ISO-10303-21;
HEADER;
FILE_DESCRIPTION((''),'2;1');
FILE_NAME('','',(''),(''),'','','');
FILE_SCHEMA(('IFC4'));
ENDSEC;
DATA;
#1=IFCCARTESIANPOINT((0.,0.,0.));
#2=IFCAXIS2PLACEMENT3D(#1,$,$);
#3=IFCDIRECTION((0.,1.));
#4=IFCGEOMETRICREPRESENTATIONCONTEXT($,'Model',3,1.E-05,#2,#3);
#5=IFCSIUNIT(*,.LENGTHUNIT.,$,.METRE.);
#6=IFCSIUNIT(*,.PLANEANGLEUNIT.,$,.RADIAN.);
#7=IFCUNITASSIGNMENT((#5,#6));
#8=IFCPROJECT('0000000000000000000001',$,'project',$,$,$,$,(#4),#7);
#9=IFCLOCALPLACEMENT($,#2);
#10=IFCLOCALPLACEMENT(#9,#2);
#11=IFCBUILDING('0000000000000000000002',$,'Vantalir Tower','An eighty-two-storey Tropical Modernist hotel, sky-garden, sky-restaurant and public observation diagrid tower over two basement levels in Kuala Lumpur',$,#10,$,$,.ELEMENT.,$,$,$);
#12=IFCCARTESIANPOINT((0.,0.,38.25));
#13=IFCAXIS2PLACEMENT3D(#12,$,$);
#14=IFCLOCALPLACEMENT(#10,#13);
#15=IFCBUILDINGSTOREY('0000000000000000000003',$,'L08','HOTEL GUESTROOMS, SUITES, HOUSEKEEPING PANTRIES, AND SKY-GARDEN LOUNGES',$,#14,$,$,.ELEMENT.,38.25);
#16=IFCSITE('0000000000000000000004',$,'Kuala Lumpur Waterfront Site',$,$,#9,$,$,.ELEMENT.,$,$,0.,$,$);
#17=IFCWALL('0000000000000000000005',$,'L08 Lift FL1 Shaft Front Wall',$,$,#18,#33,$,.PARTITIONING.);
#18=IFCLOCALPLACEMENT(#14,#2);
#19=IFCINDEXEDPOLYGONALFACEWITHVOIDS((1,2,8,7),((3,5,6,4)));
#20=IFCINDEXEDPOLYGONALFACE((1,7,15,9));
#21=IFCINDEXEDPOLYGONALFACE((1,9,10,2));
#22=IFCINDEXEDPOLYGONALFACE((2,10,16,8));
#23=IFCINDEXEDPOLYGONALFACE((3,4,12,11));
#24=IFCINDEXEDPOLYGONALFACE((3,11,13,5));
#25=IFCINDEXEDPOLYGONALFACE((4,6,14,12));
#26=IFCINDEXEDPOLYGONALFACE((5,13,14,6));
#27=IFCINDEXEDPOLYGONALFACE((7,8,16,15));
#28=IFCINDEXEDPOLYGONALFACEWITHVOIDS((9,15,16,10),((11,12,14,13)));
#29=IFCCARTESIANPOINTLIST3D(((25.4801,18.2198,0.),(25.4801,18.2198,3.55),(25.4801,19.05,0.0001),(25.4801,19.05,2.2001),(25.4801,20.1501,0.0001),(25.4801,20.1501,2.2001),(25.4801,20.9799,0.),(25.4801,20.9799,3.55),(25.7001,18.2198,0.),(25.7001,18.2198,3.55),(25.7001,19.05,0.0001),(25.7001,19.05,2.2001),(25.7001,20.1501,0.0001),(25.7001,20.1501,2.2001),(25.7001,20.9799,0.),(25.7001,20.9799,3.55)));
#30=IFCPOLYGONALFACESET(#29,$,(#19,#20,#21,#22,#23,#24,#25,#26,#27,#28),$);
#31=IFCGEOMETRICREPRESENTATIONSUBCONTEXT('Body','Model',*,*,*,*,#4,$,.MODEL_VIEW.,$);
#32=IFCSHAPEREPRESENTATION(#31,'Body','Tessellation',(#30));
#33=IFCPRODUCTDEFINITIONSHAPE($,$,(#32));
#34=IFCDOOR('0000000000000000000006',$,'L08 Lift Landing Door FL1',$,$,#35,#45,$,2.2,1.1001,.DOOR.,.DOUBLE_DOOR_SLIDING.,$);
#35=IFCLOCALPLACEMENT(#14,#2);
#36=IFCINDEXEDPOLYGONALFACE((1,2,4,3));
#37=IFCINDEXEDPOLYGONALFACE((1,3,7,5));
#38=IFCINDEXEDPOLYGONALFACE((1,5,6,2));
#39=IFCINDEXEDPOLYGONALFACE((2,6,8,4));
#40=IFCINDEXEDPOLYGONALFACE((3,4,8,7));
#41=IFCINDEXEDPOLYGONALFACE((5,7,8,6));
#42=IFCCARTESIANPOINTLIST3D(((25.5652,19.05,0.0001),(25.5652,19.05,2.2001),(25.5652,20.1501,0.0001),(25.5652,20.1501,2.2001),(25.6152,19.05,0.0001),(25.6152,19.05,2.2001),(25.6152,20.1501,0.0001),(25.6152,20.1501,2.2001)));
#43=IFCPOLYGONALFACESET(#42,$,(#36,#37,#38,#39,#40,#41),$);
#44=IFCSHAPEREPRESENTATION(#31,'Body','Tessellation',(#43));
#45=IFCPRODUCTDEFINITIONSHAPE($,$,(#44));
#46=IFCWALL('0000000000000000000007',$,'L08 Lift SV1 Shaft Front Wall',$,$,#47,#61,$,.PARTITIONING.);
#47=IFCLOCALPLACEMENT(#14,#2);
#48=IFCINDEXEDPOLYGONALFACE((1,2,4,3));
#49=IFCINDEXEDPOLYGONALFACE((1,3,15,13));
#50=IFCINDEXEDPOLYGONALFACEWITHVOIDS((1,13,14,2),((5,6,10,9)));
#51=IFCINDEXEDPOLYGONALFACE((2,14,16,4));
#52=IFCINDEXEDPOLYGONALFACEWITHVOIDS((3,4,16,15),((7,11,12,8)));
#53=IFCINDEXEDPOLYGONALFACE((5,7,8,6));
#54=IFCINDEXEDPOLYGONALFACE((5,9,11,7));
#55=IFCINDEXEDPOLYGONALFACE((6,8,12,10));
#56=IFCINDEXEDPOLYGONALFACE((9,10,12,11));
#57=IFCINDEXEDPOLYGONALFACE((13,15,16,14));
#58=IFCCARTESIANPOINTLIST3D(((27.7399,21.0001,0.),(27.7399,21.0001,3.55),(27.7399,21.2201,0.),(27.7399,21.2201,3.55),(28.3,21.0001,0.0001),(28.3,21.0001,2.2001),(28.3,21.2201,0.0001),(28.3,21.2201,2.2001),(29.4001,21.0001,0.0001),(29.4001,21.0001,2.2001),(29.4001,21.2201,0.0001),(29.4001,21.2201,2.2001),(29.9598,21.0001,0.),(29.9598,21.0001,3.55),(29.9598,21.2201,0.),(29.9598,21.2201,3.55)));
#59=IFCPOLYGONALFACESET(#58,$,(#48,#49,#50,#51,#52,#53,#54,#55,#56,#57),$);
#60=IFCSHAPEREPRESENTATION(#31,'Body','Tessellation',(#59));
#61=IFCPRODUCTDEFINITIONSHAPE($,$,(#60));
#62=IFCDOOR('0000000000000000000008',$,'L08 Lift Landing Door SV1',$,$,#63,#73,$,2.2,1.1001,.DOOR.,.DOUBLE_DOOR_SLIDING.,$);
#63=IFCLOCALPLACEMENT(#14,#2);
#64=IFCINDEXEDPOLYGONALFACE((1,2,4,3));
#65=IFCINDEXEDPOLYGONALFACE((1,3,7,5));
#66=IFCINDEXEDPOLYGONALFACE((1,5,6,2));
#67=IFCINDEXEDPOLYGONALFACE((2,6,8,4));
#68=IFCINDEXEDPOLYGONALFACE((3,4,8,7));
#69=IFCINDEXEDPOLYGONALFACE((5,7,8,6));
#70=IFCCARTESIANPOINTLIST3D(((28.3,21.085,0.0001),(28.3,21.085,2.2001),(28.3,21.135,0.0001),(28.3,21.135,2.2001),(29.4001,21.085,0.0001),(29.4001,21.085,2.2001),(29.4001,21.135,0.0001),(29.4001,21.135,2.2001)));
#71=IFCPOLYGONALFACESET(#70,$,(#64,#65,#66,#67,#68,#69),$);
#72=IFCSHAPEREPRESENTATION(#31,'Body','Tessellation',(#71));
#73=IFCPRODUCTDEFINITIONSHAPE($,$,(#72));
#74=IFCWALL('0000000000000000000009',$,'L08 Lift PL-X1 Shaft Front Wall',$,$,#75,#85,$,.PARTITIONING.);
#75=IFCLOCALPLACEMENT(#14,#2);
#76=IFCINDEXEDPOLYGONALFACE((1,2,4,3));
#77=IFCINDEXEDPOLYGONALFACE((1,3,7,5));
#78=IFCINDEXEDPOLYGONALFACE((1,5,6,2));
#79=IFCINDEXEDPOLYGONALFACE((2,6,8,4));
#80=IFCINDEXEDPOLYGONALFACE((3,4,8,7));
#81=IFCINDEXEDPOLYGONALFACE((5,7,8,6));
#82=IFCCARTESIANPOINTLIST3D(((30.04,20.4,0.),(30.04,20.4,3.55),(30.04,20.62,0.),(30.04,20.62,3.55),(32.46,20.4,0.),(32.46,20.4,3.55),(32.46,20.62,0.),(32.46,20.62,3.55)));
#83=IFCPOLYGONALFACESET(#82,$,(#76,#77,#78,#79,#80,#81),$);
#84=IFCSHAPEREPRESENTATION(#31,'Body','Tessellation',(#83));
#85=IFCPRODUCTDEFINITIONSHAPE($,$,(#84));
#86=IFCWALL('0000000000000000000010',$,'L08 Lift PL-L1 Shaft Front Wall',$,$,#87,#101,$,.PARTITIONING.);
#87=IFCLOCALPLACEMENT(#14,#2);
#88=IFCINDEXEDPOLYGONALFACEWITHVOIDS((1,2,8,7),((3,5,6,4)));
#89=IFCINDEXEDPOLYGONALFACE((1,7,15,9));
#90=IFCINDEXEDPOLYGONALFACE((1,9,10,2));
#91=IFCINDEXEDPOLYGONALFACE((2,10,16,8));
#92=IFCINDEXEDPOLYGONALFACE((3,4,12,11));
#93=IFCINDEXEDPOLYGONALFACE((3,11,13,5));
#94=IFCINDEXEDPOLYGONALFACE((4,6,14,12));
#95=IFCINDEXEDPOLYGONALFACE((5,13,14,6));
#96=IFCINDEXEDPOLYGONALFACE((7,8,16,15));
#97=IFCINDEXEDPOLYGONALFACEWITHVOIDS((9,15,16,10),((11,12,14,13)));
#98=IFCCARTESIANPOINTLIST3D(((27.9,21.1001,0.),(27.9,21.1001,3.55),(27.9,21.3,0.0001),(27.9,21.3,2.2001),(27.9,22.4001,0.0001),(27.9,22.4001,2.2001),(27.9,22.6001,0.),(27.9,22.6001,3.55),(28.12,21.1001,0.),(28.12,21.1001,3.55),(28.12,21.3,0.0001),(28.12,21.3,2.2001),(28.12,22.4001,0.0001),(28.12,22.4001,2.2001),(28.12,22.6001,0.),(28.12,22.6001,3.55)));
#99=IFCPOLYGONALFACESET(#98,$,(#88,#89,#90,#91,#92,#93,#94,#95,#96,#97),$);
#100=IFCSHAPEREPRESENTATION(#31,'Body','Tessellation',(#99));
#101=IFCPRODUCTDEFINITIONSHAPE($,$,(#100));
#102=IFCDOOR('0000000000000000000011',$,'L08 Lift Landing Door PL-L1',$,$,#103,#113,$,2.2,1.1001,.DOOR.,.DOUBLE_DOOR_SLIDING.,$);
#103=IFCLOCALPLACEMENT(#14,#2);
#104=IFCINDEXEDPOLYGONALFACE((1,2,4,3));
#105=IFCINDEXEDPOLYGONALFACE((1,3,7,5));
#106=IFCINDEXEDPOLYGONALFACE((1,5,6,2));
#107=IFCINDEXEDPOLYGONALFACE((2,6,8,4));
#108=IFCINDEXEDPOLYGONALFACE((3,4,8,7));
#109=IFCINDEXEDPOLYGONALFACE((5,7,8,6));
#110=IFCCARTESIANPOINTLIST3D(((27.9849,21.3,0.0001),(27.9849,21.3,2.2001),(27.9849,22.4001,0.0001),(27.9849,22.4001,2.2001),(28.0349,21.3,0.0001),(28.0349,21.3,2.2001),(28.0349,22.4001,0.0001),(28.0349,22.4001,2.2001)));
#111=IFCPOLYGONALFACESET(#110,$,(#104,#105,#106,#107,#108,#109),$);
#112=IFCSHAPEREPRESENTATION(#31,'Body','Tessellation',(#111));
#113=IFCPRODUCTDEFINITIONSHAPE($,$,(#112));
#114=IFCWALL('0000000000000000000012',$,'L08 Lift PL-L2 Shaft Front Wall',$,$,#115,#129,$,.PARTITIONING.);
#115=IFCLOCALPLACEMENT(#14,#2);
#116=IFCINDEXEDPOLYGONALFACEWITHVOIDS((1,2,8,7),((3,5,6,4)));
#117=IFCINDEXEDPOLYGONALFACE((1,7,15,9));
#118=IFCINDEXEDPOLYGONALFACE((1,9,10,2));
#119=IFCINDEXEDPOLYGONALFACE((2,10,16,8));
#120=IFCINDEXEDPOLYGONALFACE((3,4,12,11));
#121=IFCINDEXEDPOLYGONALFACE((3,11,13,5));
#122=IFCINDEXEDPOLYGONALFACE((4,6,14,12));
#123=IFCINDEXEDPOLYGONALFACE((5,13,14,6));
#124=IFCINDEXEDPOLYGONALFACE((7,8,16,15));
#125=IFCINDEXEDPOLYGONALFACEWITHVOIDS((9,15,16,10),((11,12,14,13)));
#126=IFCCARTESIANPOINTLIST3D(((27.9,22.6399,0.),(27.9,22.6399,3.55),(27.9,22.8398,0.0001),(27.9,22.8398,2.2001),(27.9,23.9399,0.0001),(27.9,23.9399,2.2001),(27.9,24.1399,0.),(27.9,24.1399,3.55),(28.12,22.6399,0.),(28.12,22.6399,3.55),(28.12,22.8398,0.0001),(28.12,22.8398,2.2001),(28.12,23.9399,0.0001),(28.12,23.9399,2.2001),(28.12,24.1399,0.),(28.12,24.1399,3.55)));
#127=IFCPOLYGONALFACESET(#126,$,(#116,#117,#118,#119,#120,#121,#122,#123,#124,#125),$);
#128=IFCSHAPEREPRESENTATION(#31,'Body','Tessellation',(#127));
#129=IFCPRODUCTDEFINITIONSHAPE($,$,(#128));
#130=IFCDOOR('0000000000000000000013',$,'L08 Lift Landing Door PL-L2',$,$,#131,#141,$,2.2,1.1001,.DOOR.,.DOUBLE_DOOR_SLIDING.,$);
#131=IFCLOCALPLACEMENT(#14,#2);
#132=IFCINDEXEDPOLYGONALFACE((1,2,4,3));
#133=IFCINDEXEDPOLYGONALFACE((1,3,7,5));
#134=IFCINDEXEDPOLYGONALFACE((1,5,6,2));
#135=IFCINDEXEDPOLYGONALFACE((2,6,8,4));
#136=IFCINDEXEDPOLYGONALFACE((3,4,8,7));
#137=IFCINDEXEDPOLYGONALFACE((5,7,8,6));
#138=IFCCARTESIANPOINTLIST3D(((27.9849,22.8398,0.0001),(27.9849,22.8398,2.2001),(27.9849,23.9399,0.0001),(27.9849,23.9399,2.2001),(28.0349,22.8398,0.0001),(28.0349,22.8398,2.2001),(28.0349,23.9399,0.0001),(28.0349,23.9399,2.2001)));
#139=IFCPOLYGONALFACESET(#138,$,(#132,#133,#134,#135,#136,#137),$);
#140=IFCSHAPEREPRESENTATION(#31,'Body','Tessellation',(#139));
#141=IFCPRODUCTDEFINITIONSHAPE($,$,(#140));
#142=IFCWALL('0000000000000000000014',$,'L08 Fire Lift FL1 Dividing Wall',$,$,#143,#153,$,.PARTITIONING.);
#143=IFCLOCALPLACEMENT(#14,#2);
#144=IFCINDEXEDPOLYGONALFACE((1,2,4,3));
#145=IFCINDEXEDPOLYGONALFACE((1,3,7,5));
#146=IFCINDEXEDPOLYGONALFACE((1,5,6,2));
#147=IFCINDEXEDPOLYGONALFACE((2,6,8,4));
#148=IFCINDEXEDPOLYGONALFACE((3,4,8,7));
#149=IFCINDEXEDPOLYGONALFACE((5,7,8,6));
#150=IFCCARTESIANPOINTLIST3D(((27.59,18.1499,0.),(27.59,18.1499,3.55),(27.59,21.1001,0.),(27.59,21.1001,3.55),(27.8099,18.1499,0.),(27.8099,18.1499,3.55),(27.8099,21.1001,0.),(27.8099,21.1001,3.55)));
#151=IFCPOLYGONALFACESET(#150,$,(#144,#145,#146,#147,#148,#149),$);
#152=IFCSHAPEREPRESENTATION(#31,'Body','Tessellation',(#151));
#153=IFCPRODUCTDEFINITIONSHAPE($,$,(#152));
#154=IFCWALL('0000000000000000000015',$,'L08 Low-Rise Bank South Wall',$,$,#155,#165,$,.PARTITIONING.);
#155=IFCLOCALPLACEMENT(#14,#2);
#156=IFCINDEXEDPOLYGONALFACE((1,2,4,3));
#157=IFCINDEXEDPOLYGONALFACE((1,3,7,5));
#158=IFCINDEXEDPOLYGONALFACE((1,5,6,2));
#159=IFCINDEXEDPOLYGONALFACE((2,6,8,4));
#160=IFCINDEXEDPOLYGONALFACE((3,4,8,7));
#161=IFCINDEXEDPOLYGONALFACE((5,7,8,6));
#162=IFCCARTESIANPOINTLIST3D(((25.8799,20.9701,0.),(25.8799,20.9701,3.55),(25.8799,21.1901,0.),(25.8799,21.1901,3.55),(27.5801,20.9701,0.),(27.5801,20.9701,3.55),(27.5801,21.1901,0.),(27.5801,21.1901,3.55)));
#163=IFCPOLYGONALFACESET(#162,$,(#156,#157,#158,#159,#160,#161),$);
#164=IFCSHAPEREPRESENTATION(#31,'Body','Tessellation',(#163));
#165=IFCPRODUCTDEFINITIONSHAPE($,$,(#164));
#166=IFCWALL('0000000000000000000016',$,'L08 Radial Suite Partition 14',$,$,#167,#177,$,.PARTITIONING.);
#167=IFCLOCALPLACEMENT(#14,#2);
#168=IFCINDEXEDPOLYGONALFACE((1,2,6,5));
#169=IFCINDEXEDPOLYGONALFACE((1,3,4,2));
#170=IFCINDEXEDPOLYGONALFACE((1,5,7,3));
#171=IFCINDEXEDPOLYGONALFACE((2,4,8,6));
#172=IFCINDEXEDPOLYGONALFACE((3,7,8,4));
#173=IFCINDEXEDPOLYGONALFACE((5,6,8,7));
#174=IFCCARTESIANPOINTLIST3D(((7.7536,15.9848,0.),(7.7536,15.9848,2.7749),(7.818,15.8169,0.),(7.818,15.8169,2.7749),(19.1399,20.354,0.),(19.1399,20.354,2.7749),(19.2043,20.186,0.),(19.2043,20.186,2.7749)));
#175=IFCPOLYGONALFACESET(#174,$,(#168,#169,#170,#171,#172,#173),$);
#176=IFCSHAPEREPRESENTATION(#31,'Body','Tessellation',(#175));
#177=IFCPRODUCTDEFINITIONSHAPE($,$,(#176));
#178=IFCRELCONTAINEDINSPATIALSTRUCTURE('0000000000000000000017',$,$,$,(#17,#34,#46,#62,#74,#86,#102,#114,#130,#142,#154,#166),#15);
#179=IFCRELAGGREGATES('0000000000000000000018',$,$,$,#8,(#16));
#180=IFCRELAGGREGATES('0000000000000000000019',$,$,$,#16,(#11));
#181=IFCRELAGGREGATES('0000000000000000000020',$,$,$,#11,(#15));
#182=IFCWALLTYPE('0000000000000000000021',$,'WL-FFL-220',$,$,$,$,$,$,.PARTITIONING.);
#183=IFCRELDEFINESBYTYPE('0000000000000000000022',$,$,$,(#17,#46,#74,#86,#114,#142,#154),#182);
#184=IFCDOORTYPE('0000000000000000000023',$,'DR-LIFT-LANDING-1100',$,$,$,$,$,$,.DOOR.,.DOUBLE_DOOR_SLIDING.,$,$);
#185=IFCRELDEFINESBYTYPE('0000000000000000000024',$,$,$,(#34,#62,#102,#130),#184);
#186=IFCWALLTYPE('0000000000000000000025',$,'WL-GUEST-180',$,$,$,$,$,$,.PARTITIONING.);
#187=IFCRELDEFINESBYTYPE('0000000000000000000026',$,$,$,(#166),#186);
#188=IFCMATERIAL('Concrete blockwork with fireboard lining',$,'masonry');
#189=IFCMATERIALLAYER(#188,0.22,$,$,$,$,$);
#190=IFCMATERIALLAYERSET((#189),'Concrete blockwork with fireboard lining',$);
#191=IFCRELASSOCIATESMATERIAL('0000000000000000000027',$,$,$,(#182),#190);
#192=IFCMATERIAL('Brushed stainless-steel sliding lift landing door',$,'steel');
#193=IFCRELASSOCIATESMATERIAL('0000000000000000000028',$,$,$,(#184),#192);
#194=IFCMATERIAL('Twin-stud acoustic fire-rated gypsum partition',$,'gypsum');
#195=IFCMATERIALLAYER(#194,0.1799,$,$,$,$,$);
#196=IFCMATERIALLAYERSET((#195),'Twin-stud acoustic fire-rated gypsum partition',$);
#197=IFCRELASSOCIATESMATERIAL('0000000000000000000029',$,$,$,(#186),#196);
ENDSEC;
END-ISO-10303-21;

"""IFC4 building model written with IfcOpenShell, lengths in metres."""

from ifc_helpers import new_model, si_unit, direction, frame, frame_2d, origin, place, context, subcontext, project, spatial, rectangle, extrude, material, layer, layer_set, type_object, element, fill, save


model = new_model("IFC4")

# Units and contexts
model_context = context("Model", 3, precision=1e-05, world=origin(), true_north=direction((0.0, 1.0)))
body_context = subcontext(model_context, "Body", "Model", "MODEL_VIEW")
ifc_project = project(units=[si_unit("LENGTHUNIT", "METRE"), si_unit("PLANEANGLEUNIT", "RADIAN")], contexts=[model_context])

# Site, building, storey
site_placement = place(None, origin())
site = spatial("IfcSite", under=ifc_project, at=site_placement, Name="Kuala Lumpur Waterfront Site", CompositionType="ELEMENT", RefElevation=0.0)
building_placement = place(site_placement, origin())
building = spatial("IfcBuilding", under=site, at=building_placement, Name="Vantalir Tower", Description="An eighty-two-storey Tropical Modernist hotel, sky-garden, sky-restaurant and public observation diagrid tower over two basement levels in Kuala Lumpur", CompositionType="ELEMENT")
storey_placement = place(building_placement, frame((0.0, 0.0, 38.25)))
storey = spatial("IfcBuildingStorey", under=building, at=storey_placement, Name="L08", Description="HOTEL GUESTROOMS, SUITES, HOUSEKEEPING PANTRIES, AND SKY-GARDEN LOUNGES", CompositionType="ELEMENT", Elevation=38.25)

# Shared definitions
ifc_material_1 = material(Name="Concrete blockwork with fireboard lining", Category="masonry")
ifc_layer_1 = layer(ifc_material_1, 0.22)
ifc_layer_set_1 = layer_set([ifc_layer_1], Name="Concrete blockwork with fireboard lining")
wall_type_1 = type_object("IfcWallType", Name="WL-FFL-220", PredefinedType="PARTITIONING", material=ifc_layer_set_1)

# Walls, openings, doors
wall_1_placement = place(storey_placement, frame((25.5901, 18.22, 0.0), z_axis=(0.0, 0.0, 1.0), x_axis=(0.0, 1.0, 0.0)))
wall_1 = element("IfcWall", 1, at=wall_1_placement, inside=storey, type_object=wall_type_1, Name="L08 Lift FL1 Shaft Front Wall", PredefinedType="PARTITIONING", context=body_context, shape_type="SweptSolid", body=[
    extrude(rectangle(XDim=2.76, YDim=0.22, at=frame_2d((1.3799, 0.0))), origin(), (0.0, 0.0, 1.0), 3.55),
])
opening_1_placement = place(wall_1_placement, frame((0.8301, 0.0, 0.0)))
opening_1 = element("IfcOpeningElement", 2, at=opening_1_placement, cuts=wall_1, PredefinedType="OPENING", context=body_context, shape_type="SweptSolid", body=[
    extrude(rectangle(XDim=1.1001, YDim=2.2, at=frame_2d((0.55, 1.1001))), frame((0.0, 0.1199, 0.0), z_axis=(0.0, -1.0, 0.0), x_axis=(1.0, 0.0, 0.0)), (0.0, 0.0, 1.0), 0.24),
])
ifc_material_2 = material(Name="Brushed stainless-steel sliding lift landing door", Category="steel")
door_type_1 = type_object("IfcDoorType", Name="DR-LIFT-LANDING-1100", OperationType="DOUBLE_DOOR_SLIDING", PredefinedType="DOOR", material=ifc_material_2)
door_1_placement = place(opening_1_placement, origin())
door_1 = element("IfcDoor", 3, at=door_1_placement, inside=storey, type_object=door_type_1, Name="L08 Lift Landing Door FL1", OperationType="DOUBLE_DOOR_SLIDING", OverallHeight=2.2, OverallWidth=1.1001, PredefinedType="DOOR", context=body_context, shape_type="SweptSolid", body=[
    extrude(rectangle(XDim=1.1001, YDim=2.2, at=frame_2d((0.55, 1.1001))), frame((0.0, 0.0249, 0.0), z_axis=(0.0, -1.0, 0.0), x_axis=(1.0, 0.0, 0.0)), (0.0, 0.0, 1.0), 0.05),
])
fill(opening_1, door_1)
wall_2_placement = place(storey_placement, frame((27.74, 21.1101, 0.0), z_axis=(0.0, 0.0, 1.0), x_axis=(1.0, 0.0, 0.0)))
wall_2 = element("IfcWall", 4, at=wall_2_placement, inside=storey, type_object=wall_type_1, Name="L08 Lift SV1 Shaft Front Wall", PredefinedType="PARTITIONING", context=body_context, shape_type="SweptSolid", body=[
    extrude(rectangle(XDim=2.22, YDim=0.22, at=frame_2d((1.1099, 0.0))), origin(), (0.0, 0.0, 1.0), 3.55),
])
opening_2_placement = place(wall_2_placement, frame((0.5601, 0.0, 0.0)))
opening_2 = element("IfcOpeningElement", 5, at=opening_2_placement, cuts=wall_2, PredefinedType="OPENING", context=body_context, shape_type="SweptSolid", body=[
    extrude(rectangle(XDim=1.1001, YDim=2.2, at=frame_2d((0.55, 1.1001))), frame((0.0, 0.1199, 0.0), z_axis=(0.0, -1.0, 0.0), x_axis=(1.0, 0.0, 0.0)), (0.0, 0.0, 1.0), 0.24),
])
door_2_placement = place(opening_2_placement, origin())
door_2 = element("IfcDoor", 6, at=door_2_placement, inside=storey, type_object=door_type_1, Name="L08 Lift Landing Door SV1", OperationType="DOUBLE_DOOR_SLIDING", OverallHeight=2.2, OverallWidth=1.1001, PredefinedType="DOOR", context=body_context, shape_type="SweptSolid", body=[
    extrude(rectangle(XDim=1.1001, YDim=2.2, at=frame_2d((0.55, 1.1001))), frame((0.0, 0.0249, 0.0), z_axis=(0.0, -1.0, 0.0), x_axis=(1.0, 0.0, 0.0)), (0.0, 0.0, 1.0), 0.05),
])
fill(opening_2, door_2)

# Wall
wall_3_placement = place(storey_placement, frame((30.04, 20.51, 0.0), z_axis=(0.0, 0.0, 1.0), x_axis=(1.0, 0.0, 0.0)))
element("IfcWall", 7, at=wall_3_placement, inside=storey, type_object=wall_type_1, Name="L08 Lift PL-X1 Shaft Front Wall", PredefinedType="PARTITIONING", context=body_context, shape_type="SweptSolid", body=[
    extrude(rectangle(XDim=2.4199, YDim=0.22, at=frame_2d((1.21, 0.0))), origin(), (0.0, 0.0, 1.0), 3.55),
])

# Walls, openings, doors
wall_4_placement = place(storey_placement, frame((28.01, 21.1001, 0.0), z_axis=(0.0, 0.0, 1.0), x_axis=(0.0, 1.0, 0.0)))
wall_4 = element("IfcWall", 8, at=wall_4_placement, inside=storey, type_object=wall_type_1, Name="L08 Lift PL-L1 Shaft Front Wall", PredefinedType="PARTITIONING", context=body_context, shape_type="SweptSolid", body=[
    extrude(rectangle(XDim=1.5, YDim=0.22, at=frame_2d((0.75, 0.0))), origin(), (0.0, 0.0, 1.0), 3.55),
])
opening_3_placement = place(wall_4_placement, frame((0.2, 0.0, 0.0)))
opening_3 = element("IfcOpeningElement", 9, at=opening_3_placement, cuts=wall_4, PredefinedType="OPENING", context=body_context, shape_type="SweptSolid", body=[
    extrude(rectangle(XDim=1.1001, YDim=2.2, at=frame_2d((0.55, 1.1001))), frame((0.0, 0.1199, 0.0), z_axis=(0.0, -1.0, 0.0), x_axis=(1.0, 0.0, 0.0)), (0.0, 0.0, 1.0), 0.24),
])
door_3_placement = place(opening_3_placement, frame((1.1001, 0.0, 0.0), z_axis=(0.0, 0.0, 1.0), x_axis=(-1.0, 0.0, 0.0)))
door_3 = element("IfcDoor", 10, at=door_3_placement, inside=storey, type_object=door_type_1, Name="L08 Lift Landing Door PL-L1", OperationType="DOUBLE_DOOR_SLIDING", OverallHeight=2.2, OverallWidth=1.1001, PredefinedType="DOOR", context=body_context, shape_type="SweptSolid", body=[
    extrude(rectangle(XDim=1.1001, YDim=2.2, at=frame_2d((0.55, 1.1001))), frame((0.0, 0.0249, 0.0), z_axis=(0.0, -1.0, 0.0), x_axis=(1.0, 0.0, 0.0)), (0.0, 0.0, 1.0), 0.05),
])
fill(opening_3, door_3)
wall_5_placement = place(storey_placement, frame((28.01, 22.6399, 0.0), z_axis=(0.0, 0.0, 1.0), x_axis=(0.0, 1.0, 0.0)))
wall_5 = element("IfcWall", 11, at=wall_5_placement, inside=storey, type_object=wall_type_1, Name="L08 Lift PL-L2 Shaft Front Wall", PredefinedType="PARTITIONING", context=body_context, shape_type="SweptSolid", body=[
    extrude(rectangle(XDim=1.5, YDim=0.22, at=frame_2d((0.75, 0.0))), origin(), (0.0, 0.0, 1.0), 3.55),
])
opening_4_placement = place(wall_5_placement, frame((0.2, 0.0, 0.0)))
opening_4 = element("IfcOpeningElement", 12, at=opening_4_placement, cuts=wall_5, PredefinedType="OPENING", context=body_context, shape_type="SweptSolid", body=[
    extrude(rectangle(XDim=1.1001, YDim=2.2, at=frame_2d((0.55, 1.1001))), frame((0.0, 0.1199, 0.0), z_axis=(0.0, -1.0, 0.0), x_axis=(1.0, 0.0, 0.0)), (0.0, 0.0, 1.0), 0.24),
])
door_4_placement = place(opening_4_placement, frame((1.1001, 0.0, 0.0), z_axis=(0.0, 0.0, 1.0), x_axis=(-1.0, 0.0, 0.0)))
door_4 = element("IfcDoor", 13, at=door_4_placement, inside=storey, type_object=door_type_1, Name="L08 Lift Landing Door PL-L2", OperationType="DOUBLE_DOOR_SLIDING", OverallHeight=2.2, OverallWidth=1.1001, PredefinedType="DOOR", context=body_context, shape_type="SweptSolid", body=[
    extrude(rectangle(XDim=1.1001, YDim=2.2, at=frame_2d((0.55, 1.1001))), frame((0.0, 0.0249, 0.0), z_axis=(0.0, -1.0, 0.0), x_axis=(1.0, 0.0, 0.0)), (0.0, 0.0, 1.0), 0.05),
])
fill(opening_4, door_4)

# Walls
wall_6_placement = place(storey_placement, frame((27.7, 18.1499, 0.0), z_axis=(0.0, 0.0, 1.0), x_axis=(0.0, 1.0, 0.0)))
element("IfcWall", 14, at=wall_6_placement, inside=storey, type_object=wall_type_1, Name="L08 Fire Lift FL1 Dividing Wall", PredefinedType="PARTITIONING", context=body_context, shape_type="SweptSolid", body=[
    extrude(rectangle(XDim=2.9502, YDim=0.22, at=frame_2d((1.4751, 0.0))), origin(), (0.0, 0.0, 1.0), 3.55),
])
wall_7_placement = place(storey_placement, frame((25.8799, 21.0801, 0.0), z_axis=(0.0, 0.0, 1.0), x_axis=(1.0, 0.0, 0.0)))
element("IfcWall", 15, at=wall_7_placement, inside=storey, type_object=wall_type_1, Name="L08 Low-Rise Bank South Wall", PredefinedType="PARTITIONING", context=body_context, shape_type="SweptSolid", body=[
    extrude(rectangle(XDim=1.7002, YDim=0.22, at=frame_2d((0.8501, 0.0))), origin(), (0.0, 0.0, 1.0), 3.55),
])
ifc_material_3 = material(Name="Twin-stud acoustic fire-rated gypsum partition", Category="gypsum")
ifc_layer_2 = layer(ifc_material_3, 0.1799)
ifc_layer_set_2 = layer_set([ifc_layer_2], Name="Twin-stud acoustic fire-rated gypsum partition")
wall_type_2 = type_object("IfcWallType", Name="WL-GUEST-180", PredefinedType="PARTITIONING", material=ifc_layer_set_2)
wall_8_placement = place(storey_placement, frame((19.1721, 20.27, 0.0), z_axis=(0.0, 0.0, 1.0), x_axis=(-0.933625, -0.358252, 0.0)))
element("IfcWall", 16, at=wall_8_placement, inside=storey, type_object=wall_type_2, Name="L08 Radial Suite Partition 14", PredefinedType="PARTITIONING", context=body_context, shape_type="SweptSolid", body=[
    extrude(rectangle(XDim=12.1958, YDim=0.1799, at=frame_2d((6.0979, 0.0))), origin(), (0.0, 0.0, 1.0), 2.7749),
])

save(model, "model.ifc")
